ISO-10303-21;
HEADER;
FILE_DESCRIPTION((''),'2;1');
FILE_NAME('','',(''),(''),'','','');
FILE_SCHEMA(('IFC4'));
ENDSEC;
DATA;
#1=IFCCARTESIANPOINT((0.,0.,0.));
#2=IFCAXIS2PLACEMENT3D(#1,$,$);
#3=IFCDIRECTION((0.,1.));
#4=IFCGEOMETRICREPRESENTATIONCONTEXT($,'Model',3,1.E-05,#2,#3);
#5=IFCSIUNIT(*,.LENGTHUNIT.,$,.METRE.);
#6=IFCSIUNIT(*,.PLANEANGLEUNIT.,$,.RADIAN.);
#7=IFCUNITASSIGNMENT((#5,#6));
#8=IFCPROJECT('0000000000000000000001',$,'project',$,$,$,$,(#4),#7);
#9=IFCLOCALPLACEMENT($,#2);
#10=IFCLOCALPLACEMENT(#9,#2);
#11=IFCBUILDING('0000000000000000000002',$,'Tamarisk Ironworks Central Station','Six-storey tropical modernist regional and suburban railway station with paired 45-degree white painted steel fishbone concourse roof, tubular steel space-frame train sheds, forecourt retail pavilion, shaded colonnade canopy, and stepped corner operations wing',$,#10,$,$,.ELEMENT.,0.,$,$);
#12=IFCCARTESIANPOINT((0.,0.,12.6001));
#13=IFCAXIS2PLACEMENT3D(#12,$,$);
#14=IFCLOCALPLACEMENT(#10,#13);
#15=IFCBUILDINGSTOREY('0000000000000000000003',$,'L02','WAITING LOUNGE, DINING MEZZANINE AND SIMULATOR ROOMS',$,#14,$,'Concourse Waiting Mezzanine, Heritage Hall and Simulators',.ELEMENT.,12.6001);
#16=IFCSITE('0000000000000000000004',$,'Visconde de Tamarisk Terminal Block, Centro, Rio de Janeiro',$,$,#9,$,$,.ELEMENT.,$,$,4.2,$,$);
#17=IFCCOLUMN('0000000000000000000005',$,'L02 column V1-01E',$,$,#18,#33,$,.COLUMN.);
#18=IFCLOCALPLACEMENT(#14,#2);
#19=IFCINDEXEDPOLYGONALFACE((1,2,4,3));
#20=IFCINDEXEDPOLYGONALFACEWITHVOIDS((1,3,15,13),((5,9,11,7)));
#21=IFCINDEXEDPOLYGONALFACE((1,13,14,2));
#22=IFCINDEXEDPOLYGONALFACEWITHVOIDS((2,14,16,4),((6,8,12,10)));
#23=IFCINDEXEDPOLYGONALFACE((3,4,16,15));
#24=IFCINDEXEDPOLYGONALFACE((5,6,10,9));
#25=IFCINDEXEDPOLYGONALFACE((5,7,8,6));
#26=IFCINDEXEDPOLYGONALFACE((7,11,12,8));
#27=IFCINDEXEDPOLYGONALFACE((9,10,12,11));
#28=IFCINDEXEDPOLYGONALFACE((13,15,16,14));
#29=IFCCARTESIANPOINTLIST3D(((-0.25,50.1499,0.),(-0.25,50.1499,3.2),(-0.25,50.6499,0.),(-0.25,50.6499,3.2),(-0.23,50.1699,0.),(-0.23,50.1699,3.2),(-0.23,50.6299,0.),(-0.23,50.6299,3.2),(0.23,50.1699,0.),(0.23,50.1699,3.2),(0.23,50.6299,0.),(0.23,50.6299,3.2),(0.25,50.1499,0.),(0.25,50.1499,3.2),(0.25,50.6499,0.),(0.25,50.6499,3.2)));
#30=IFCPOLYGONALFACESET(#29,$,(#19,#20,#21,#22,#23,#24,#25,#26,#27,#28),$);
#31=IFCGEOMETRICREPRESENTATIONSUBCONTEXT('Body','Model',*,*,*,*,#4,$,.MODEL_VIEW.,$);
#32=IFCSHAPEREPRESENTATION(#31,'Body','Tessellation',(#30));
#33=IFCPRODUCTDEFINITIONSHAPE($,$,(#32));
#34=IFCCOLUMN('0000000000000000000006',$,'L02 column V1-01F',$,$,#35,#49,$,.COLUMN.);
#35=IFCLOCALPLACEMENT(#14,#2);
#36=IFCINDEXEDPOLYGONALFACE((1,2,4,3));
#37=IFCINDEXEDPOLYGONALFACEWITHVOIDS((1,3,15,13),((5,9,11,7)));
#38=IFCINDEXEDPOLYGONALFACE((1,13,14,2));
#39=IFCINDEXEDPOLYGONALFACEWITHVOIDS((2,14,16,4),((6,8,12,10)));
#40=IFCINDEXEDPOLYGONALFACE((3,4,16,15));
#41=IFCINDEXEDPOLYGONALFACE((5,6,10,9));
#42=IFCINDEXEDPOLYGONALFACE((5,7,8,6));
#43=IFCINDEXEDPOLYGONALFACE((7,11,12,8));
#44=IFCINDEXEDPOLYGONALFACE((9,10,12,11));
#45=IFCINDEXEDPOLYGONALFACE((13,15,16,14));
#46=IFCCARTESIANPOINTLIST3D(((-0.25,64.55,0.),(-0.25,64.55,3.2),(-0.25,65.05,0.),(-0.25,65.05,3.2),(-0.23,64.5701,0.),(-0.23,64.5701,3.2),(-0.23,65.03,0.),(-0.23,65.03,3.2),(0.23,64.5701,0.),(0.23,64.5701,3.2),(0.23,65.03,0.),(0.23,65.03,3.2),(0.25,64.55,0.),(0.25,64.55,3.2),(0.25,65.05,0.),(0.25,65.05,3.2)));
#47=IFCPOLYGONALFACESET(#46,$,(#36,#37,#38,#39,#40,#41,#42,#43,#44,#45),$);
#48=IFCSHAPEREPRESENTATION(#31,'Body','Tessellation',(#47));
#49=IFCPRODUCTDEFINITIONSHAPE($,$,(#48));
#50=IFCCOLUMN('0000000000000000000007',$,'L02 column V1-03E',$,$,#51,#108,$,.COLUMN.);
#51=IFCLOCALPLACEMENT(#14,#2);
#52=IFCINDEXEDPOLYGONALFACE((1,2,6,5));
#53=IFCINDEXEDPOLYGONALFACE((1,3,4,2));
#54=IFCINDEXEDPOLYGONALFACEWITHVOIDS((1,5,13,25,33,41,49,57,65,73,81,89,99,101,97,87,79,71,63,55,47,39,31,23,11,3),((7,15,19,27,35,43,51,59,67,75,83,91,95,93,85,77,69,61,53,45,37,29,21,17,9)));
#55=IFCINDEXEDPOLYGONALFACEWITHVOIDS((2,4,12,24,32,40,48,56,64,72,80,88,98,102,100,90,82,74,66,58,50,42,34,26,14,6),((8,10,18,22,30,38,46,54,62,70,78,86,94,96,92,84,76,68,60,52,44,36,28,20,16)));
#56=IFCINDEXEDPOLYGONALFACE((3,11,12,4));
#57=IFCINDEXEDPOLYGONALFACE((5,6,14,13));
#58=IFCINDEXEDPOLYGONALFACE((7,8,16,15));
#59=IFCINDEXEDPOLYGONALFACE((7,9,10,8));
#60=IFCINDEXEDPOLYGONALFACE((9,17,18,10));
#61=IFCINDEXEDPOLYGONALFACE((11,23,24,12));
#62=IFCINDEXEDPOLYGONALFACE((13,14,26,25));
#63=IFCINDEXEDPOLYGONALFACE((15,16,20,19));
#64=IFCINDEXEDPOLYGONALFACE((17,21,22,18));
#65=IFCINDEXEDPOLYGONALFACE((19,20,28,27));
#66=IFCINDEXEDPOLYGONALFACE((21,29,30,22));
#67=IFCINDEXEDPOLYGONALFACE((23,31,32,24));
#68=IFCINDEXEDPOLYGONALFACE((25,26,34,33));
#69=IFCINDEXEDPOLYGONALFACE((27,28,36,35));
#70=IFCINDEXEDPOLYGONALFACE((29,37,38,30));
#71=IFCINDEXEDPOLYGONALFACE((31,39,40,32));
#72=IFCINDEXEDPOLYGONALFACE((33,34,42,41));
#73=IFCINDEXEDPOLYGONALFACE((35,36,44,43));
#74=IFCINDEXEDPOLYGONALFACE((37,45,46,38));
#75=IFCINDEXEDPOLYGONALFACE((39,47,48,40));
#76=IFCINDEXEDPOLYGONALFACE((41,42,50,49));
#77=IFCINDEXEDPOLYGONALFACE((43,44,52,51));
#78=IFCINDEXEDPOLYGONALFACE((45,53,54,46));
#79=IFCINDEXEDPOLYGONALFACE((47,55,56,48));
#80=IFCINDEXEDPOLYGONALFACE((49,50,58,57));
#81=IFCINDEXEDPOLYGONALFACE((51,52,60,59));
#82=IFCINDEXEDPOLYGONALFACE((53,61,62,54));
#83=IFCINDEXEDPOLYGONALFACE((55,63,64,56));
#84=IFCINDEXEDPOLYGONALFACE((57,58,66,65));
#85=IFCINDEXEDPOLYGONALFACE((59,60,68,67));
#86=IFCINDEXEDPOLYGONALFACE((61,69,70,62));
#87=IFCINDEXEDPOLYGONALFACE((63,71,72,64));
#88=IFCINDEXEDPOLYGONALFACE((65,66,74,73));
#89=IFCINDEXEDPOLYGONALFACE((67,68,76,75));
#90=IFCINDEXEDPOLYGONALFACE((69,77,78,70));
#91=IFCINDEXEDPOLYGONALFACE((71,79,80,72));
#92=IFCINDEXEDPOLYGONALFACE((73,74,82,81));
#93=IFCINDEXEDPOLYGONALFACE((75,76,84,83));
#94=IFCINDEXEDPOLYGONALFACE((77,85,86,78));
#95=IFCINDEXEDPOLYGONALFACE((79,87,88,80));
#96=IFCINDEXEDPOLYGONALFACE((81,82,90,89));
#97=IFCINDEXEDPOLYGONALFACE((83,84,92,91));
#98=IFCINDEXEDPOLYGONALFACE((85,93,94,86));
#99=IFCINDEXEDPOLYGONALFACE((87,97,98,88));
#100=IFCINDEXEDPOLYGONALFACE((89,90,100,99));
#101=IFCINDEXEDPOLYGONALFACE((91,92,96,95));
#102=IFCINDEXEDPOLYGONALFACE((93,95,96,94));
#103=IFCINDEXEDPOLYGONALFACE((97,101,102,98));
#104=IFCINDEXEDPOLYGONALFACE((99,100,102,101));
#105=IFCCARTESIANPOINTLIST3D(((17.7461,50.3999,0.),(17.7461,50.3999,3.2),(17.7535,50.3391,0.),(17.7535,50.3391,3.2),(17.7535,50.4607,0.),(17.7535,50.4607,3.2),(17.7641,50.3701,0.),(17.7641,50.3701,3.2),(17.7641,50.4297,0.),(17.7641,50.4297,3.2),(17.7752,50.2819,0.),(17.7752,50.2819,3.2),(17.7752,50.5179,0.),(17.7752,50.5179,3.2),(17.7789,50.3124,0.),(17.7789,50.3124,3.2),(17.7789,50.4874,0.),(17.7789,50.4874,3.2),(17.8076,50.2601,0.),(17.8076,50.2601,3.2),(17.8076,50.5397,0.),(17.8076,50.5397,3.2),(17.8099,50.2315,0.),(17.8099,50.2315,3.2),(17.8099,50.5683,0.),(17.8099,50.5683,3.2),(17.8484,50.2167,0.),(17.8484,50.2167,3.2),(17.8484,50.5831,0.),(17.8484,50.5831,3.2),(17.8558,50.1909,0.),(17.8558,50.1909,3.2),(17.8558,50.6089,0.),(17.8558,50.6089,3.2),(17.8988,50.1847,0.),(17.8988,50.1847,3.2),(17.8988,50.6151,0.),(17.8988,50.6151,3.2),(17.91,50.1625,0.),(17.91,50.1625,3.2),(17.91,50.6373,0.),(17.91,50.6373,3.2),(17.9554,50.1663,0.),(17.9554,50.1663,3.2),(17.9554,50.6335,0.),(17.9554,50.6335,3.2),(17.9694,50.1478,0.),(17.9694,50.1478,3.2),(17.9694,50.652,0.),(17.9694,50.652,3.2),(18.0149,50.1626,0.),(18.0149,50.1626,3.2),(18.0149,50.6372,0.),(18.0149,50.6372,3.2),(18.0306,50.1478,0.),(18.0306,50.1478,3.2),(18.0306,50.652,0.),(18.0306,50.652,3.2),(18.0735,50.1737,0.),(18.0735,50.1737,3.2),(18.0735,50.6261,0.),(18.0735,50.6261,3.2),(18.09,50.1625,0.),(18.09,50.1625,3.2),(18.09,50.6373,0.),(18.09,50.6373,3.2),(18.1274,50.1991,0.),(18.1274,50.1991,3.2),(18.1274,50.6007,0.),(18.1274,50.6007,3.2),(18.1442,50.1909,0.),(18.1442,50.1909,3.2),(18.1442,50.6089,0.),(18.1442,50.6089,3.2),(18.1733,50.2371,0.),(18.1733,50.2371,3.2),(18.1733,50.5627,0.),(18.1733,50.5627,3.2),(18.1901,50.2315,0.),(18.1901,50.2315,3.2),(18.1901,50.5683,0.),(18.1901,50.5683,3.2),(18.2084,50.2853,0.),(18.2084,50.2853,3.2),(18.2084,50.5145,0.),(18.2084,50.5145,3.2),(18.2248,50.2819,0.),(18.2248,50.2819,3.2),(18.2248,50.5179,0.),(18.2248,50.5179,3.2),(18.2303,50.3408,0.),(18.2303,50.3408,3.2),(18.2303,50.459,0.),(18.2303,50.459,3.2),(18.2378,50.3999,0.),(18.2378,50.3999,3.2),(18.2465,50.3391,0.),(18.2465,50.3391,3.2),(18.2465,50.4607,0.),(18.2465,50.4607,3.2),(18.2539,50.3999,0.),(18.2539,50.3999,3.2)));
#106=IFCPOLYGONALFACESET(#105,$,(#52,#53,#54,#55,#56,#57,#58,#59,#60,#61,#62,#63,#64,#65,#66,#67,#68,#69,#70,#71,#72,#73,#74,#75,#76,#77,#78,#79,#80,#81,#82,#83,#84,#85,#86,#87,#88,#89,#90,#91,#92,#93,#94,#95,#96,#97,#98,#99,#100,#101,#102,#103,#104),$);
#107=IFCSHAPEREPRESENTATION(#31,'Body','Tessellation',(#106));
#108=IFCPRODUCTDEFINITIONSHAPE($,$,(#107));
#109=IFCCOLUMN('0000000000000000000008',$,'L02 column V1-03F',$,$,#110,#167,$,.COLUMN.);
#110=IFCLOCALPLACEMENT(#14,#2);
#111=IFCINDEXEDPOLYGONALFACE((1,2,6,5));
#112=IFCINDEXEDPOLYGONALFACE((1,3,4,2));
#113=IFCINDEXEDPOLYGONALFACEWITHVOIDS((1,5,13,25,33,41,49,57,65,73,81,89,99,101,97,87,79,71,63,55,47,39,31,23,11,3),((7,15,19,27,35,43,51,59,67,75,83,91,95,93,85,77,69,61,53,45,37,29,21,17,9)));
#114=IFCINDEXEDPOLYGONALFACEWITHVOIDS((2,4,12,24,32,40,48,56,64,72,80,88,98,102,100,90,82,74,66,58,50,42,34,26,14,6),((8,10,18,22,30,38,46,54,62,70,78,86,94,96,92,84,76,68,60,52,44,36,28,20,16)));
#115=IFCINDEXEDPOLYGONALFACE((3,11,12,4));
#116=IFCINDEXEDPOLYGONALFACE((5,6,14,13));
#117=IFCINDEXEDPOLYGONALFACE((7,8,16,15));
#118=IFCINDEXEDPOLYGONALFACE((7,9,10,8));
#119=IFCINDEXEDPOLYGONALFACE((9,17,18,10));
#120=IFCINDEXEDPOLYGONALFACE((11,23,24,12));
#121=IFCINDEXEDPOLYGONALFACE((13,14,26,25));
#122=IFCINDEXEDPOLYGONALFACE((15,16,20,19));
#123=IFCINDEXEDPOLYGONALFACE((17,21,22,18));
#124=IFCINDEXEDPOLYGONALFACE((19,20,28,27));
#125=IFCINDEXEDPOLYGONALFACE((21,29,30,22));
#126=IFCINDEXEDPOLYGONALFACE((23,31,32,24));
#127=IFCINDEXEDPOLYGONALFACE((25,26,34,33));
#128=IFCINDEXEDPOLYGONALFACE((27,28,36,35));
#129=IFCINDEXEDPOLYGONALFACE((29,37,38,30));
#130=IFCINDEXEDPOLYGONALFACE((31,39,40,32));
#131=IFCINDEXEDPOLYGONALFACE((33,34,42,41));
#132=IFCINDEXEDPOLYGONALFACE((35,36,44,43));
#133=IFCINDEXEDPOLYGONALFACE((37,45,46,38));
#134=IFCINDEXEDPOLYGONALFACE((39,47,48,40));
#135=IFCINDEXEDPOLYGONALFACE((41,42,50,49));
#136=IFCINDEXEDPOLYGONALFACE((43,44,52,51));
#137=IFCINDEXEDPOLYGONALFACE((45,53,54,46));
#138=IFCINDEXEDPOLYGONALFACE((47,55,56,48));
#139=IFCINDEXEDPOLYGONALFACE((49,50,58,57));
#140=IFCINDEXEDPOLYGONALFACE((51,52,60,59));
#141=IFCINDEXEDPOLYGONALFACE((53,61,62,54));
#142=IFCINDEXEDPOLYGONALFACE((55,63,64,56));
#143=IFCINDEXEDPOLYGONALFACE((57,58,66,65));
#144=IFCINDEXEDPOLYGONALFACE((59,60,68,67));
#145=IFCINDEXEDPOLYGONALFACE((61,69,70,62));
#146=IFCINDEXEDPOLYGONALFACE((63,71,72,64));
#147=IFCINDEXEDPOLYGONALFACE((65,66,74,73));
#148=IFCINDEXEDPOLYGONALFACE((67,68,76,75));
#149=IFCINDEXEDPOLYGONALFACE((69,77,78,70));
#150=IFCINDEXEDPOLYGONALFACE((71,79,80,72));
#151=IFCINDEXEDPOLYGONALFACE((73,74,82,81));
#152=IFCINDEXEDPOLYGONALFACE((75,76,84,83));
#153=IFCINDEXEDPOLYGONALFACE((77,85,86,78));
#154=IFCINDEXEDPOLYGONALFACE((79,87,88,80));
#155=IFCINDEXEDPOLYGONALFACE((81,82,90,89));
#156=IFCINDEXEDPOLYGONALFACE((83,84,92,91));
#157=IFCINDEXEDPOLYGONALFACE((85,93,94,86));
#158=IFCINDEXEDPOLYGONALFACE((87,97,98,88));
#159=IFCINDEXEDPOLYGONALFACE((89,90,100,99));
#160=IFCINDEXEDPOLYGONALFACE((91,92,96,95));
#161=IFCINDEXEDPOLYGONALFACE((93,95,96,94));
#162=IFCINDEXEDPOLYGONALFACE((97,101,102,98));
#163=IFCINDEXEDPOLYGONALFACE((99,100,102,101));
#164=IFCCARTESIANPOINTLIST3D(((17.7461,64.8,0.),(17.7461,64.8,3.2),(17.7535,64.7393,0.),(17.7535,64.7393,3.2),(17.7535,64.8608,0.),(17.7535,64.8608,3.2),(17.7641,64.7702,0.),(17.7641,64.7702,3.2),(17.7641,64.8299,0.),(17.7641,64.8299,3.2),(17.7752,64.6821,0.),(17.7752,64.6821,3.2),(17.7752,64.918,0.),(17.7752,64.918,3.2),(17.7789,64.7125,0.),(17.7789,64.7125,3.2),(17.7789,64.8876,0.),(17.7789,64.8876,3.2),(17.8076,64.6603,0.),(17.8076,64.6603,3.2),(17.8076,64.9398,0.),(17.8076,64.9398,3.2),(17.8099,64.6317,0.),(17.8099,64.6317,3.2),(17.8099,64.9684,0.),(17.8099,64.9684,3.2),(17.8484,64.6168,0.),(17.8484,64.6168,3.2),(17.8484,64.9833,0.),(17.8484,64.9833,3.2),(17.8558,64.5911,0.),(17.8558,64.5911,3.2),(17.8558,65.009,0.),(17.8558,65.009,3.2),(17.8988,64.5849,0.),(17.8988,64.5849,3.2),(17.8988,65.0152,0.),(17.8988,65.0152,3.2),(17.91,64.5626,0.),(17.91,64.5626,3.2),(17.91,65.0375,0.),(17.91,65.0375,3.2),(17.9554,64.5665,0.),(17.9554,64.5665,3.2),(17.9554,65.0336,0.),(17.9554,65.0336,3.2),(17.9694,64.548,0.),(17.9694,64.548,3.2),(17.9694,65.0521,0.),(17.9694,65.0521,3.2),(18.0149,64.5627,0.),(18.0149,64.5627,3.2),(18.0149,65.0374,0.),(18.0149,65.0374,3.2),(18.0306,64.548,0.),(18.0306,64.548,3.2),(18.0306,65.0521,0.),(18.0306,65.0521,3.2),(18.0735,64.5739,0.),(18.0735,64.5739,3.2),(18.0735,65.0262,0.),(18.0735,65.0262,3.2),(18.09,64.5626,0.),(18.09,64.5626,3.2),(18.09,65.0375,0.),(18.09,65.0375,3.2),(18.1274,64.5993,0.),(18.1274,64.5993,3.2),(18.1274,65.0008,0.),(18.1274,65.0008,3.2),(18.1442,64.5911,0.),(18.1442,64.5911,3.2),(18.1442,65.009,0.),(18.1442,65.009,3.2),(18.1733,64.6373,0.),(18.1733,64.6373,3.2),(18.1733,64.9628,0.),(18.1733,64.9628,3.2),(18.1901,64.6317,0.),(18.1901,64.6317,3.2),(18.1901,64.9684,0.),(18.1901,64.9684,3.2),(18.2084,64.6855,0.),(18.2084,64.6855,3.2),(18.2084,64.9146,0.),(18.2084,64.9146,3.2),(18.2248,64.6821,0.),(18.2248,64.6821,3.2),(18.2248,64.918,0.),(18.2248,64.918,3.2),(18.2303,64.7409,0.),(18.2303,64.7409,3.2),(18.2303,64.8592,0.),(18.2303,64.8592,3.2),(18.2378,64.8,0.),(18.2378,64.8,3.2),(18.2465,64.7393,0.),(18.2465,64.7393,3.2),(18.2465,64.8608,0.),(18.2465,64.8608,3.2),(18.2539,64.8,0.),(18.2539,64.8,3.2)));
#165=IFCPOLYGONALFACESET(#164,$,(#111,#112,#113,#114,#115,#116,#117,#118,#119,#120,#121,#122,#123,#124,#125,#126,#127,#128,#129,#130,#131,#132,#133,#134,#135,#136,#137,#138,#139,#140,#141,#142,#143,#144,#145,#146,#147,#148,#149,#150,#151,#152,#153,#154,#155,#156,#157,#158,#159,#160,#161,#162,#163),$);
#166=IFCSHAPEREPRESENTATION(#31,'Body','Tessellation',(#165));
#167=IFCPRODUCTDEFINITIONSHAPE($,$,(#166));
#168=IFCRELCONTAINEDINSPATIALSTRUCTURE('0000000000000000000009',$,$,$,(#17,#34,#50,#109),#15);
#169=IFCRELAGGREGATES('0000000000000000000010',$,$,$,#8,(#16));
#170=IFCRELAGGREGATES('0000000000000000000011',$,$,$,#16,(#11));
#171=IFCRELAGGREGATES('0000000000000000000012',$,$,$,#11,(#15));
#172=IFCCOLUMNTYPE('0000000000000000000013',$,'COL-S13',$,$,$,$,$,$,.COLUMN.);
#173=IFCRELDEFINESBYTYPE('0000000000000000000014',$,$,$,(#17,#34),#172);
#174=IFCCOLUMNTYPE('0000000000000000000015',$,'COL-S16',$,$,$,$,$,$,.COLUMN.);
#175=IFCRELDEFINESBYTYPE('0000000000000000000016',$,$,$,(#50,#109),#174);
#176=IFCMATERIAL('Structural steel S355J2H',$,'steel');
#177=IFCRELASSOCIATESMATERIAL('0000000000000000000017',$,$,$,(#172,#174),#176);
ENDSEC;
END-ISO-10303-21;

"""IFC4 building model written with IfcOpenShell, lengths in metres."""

from ifc_helpers import new_model, si_unit, direction, frame, origin, origin_2d, place, context, subcontext, project, spatial, hollow_rectangle, hollow_circle, extrude, material, material_profile, profile_set, type_object, element, save


model = new_model("IFC4")

# Units and contexts
model_context = context("Model", 3, precision=1e-05, world=origin(), true_north=direction((0.0, 1.0)))
body_context = subcontext(model_context, "Body", "Model", "MODEL_VIEW")
ifc_project = project(units=[si_unit("LENGTHUNIT", "METRE"), si_unit("PLANEANGLEUNIT", "RADIAN")], contexts=[model_context])

# Site, building, storey
site_placement = place(None, origin())
site = spatial("IfcSite", under=ifc_project, at=site_placement, Name="Visconde de Tamarisk Terminal Block, Centro, Rio de Janeiro", CompositionType="ELEMENT", RefElevation=4.2)
building_placement = place(site_placement, origin())
building = spatial("IfcBuilding", under=site, at=building_placement, Name="Tamarisk Ironworks Central Station", Description="Six-storey tropical modernist regional and suburban railway station with paired 45-degree white painted steel fishbone concourse roof, tubular steel space-frame train sheds, forecourt retail pavilion, shaded colonnade canopy, and stepped corner operations wing", CompositionType="ELEMENT", ElevationOfRefHeight=0.0)
storey_placement = place(building_placement, frame((0.0, 0.0, 12.6001)))
storey = spatial("IfcBuildingStorey", under=building, at=storey_placement, Name="L02", Description="WAITING LOUNGE, DINING MEZZANINE AND SIMULATOR ROOMS", LongName="Concourse Waiting Mezzanine, Heritage Hall and Simulators", CompositionType="ELEMENT", Elevation=12.6001)

# Columns
ifc_material_1 = material(Name="Structural steel S355J2H", Category="steel")
ifc_material_profile_1 = material_profile(ifc_material_1, hollow_rectangle(XDim=0.5, YDim=0.5, WallThickness=0.02, at=origin_2d()), Name="SHS 500x500x20")
ifc_profile_set_1 = profile_set([ifc_material_profile_1], Name="Structural steel S355J2H")
column_type_1 = type_object("IfcColumnType", Name="COL-S13", PredefinedType="COLUMN", material=ifc_profile_set_1)
for number, where, z_axis, x_axis, name in (
    (1, (0.0, 50.3999, 0.0), (0.0, 0.0, 1.0), (1.0, 0.0, 0.0), "L02 column V1-01E"),
    (2, (0.0, 64.8, 0.0), (0.0, 0.0, 1.0), (1.0, 0.0, 0.0), "L02 column V1-01F"),
):
    element("IfcColumn", number, at=place(storey_placement, frame(where, z_axis=z_axis, x_axis=x_axis)), inside=storey, type_object=column_type_1, Name=name, PredefinedType="COLUMN", context=body_context, shape_type="SweptSolid", body=[
        extrude(hollow_rectangle(XDim=0.5, YDim=0.5, WallThickness=0.02, at=origin_2d()), origin(), (0.0, 0.0, 1.0), 3.2),
    ])
ifc_material_profile_2 = material_profile(ifc_material_1, hollow_circle(Radius=0.2539, WallThickness=0.0161, at=origin_2d()), Name="CHS 508x16")
ifc_profile_set_2 = profile_set([ifc_material_profile_2], Name="Structural steel S355J2H")
column_type_2 = type_object("IfcColumnType", Name="COL-S16", PredefinedType="COLUMN", material=ifc_profile_set_2)
for number, where, z_axis, x_axis, name in (
    (3, (18.0, 50.3999, 0.0), (0.0, 0.0, 1.0), (1.0, 0.0, 0.0), "L02 column V1-03E"),
    (4, (18.0, 64.8, 0.0), (0.0, 0.0, 1.0), (1.0, 0.0, 0.0), "L02 column V1-03F"),
):
    element("IfcColumn", number, at=place(storey_placement, frame(where, z_axis=z_axis, x_axis=x_axis)), inside=storey, type_object=column_type_2, Name=name, PredefinedType="COLUMN", context=body_context, shape_type="SweptSolid", body=[
        extrude(hollow_circle(Radius=0.2539, WallThickness=0.0161, at=origin_2d()), origin(), (0.0, 0.0, 1.0), 3.2),
    ])

save(model, "model.ifc")
